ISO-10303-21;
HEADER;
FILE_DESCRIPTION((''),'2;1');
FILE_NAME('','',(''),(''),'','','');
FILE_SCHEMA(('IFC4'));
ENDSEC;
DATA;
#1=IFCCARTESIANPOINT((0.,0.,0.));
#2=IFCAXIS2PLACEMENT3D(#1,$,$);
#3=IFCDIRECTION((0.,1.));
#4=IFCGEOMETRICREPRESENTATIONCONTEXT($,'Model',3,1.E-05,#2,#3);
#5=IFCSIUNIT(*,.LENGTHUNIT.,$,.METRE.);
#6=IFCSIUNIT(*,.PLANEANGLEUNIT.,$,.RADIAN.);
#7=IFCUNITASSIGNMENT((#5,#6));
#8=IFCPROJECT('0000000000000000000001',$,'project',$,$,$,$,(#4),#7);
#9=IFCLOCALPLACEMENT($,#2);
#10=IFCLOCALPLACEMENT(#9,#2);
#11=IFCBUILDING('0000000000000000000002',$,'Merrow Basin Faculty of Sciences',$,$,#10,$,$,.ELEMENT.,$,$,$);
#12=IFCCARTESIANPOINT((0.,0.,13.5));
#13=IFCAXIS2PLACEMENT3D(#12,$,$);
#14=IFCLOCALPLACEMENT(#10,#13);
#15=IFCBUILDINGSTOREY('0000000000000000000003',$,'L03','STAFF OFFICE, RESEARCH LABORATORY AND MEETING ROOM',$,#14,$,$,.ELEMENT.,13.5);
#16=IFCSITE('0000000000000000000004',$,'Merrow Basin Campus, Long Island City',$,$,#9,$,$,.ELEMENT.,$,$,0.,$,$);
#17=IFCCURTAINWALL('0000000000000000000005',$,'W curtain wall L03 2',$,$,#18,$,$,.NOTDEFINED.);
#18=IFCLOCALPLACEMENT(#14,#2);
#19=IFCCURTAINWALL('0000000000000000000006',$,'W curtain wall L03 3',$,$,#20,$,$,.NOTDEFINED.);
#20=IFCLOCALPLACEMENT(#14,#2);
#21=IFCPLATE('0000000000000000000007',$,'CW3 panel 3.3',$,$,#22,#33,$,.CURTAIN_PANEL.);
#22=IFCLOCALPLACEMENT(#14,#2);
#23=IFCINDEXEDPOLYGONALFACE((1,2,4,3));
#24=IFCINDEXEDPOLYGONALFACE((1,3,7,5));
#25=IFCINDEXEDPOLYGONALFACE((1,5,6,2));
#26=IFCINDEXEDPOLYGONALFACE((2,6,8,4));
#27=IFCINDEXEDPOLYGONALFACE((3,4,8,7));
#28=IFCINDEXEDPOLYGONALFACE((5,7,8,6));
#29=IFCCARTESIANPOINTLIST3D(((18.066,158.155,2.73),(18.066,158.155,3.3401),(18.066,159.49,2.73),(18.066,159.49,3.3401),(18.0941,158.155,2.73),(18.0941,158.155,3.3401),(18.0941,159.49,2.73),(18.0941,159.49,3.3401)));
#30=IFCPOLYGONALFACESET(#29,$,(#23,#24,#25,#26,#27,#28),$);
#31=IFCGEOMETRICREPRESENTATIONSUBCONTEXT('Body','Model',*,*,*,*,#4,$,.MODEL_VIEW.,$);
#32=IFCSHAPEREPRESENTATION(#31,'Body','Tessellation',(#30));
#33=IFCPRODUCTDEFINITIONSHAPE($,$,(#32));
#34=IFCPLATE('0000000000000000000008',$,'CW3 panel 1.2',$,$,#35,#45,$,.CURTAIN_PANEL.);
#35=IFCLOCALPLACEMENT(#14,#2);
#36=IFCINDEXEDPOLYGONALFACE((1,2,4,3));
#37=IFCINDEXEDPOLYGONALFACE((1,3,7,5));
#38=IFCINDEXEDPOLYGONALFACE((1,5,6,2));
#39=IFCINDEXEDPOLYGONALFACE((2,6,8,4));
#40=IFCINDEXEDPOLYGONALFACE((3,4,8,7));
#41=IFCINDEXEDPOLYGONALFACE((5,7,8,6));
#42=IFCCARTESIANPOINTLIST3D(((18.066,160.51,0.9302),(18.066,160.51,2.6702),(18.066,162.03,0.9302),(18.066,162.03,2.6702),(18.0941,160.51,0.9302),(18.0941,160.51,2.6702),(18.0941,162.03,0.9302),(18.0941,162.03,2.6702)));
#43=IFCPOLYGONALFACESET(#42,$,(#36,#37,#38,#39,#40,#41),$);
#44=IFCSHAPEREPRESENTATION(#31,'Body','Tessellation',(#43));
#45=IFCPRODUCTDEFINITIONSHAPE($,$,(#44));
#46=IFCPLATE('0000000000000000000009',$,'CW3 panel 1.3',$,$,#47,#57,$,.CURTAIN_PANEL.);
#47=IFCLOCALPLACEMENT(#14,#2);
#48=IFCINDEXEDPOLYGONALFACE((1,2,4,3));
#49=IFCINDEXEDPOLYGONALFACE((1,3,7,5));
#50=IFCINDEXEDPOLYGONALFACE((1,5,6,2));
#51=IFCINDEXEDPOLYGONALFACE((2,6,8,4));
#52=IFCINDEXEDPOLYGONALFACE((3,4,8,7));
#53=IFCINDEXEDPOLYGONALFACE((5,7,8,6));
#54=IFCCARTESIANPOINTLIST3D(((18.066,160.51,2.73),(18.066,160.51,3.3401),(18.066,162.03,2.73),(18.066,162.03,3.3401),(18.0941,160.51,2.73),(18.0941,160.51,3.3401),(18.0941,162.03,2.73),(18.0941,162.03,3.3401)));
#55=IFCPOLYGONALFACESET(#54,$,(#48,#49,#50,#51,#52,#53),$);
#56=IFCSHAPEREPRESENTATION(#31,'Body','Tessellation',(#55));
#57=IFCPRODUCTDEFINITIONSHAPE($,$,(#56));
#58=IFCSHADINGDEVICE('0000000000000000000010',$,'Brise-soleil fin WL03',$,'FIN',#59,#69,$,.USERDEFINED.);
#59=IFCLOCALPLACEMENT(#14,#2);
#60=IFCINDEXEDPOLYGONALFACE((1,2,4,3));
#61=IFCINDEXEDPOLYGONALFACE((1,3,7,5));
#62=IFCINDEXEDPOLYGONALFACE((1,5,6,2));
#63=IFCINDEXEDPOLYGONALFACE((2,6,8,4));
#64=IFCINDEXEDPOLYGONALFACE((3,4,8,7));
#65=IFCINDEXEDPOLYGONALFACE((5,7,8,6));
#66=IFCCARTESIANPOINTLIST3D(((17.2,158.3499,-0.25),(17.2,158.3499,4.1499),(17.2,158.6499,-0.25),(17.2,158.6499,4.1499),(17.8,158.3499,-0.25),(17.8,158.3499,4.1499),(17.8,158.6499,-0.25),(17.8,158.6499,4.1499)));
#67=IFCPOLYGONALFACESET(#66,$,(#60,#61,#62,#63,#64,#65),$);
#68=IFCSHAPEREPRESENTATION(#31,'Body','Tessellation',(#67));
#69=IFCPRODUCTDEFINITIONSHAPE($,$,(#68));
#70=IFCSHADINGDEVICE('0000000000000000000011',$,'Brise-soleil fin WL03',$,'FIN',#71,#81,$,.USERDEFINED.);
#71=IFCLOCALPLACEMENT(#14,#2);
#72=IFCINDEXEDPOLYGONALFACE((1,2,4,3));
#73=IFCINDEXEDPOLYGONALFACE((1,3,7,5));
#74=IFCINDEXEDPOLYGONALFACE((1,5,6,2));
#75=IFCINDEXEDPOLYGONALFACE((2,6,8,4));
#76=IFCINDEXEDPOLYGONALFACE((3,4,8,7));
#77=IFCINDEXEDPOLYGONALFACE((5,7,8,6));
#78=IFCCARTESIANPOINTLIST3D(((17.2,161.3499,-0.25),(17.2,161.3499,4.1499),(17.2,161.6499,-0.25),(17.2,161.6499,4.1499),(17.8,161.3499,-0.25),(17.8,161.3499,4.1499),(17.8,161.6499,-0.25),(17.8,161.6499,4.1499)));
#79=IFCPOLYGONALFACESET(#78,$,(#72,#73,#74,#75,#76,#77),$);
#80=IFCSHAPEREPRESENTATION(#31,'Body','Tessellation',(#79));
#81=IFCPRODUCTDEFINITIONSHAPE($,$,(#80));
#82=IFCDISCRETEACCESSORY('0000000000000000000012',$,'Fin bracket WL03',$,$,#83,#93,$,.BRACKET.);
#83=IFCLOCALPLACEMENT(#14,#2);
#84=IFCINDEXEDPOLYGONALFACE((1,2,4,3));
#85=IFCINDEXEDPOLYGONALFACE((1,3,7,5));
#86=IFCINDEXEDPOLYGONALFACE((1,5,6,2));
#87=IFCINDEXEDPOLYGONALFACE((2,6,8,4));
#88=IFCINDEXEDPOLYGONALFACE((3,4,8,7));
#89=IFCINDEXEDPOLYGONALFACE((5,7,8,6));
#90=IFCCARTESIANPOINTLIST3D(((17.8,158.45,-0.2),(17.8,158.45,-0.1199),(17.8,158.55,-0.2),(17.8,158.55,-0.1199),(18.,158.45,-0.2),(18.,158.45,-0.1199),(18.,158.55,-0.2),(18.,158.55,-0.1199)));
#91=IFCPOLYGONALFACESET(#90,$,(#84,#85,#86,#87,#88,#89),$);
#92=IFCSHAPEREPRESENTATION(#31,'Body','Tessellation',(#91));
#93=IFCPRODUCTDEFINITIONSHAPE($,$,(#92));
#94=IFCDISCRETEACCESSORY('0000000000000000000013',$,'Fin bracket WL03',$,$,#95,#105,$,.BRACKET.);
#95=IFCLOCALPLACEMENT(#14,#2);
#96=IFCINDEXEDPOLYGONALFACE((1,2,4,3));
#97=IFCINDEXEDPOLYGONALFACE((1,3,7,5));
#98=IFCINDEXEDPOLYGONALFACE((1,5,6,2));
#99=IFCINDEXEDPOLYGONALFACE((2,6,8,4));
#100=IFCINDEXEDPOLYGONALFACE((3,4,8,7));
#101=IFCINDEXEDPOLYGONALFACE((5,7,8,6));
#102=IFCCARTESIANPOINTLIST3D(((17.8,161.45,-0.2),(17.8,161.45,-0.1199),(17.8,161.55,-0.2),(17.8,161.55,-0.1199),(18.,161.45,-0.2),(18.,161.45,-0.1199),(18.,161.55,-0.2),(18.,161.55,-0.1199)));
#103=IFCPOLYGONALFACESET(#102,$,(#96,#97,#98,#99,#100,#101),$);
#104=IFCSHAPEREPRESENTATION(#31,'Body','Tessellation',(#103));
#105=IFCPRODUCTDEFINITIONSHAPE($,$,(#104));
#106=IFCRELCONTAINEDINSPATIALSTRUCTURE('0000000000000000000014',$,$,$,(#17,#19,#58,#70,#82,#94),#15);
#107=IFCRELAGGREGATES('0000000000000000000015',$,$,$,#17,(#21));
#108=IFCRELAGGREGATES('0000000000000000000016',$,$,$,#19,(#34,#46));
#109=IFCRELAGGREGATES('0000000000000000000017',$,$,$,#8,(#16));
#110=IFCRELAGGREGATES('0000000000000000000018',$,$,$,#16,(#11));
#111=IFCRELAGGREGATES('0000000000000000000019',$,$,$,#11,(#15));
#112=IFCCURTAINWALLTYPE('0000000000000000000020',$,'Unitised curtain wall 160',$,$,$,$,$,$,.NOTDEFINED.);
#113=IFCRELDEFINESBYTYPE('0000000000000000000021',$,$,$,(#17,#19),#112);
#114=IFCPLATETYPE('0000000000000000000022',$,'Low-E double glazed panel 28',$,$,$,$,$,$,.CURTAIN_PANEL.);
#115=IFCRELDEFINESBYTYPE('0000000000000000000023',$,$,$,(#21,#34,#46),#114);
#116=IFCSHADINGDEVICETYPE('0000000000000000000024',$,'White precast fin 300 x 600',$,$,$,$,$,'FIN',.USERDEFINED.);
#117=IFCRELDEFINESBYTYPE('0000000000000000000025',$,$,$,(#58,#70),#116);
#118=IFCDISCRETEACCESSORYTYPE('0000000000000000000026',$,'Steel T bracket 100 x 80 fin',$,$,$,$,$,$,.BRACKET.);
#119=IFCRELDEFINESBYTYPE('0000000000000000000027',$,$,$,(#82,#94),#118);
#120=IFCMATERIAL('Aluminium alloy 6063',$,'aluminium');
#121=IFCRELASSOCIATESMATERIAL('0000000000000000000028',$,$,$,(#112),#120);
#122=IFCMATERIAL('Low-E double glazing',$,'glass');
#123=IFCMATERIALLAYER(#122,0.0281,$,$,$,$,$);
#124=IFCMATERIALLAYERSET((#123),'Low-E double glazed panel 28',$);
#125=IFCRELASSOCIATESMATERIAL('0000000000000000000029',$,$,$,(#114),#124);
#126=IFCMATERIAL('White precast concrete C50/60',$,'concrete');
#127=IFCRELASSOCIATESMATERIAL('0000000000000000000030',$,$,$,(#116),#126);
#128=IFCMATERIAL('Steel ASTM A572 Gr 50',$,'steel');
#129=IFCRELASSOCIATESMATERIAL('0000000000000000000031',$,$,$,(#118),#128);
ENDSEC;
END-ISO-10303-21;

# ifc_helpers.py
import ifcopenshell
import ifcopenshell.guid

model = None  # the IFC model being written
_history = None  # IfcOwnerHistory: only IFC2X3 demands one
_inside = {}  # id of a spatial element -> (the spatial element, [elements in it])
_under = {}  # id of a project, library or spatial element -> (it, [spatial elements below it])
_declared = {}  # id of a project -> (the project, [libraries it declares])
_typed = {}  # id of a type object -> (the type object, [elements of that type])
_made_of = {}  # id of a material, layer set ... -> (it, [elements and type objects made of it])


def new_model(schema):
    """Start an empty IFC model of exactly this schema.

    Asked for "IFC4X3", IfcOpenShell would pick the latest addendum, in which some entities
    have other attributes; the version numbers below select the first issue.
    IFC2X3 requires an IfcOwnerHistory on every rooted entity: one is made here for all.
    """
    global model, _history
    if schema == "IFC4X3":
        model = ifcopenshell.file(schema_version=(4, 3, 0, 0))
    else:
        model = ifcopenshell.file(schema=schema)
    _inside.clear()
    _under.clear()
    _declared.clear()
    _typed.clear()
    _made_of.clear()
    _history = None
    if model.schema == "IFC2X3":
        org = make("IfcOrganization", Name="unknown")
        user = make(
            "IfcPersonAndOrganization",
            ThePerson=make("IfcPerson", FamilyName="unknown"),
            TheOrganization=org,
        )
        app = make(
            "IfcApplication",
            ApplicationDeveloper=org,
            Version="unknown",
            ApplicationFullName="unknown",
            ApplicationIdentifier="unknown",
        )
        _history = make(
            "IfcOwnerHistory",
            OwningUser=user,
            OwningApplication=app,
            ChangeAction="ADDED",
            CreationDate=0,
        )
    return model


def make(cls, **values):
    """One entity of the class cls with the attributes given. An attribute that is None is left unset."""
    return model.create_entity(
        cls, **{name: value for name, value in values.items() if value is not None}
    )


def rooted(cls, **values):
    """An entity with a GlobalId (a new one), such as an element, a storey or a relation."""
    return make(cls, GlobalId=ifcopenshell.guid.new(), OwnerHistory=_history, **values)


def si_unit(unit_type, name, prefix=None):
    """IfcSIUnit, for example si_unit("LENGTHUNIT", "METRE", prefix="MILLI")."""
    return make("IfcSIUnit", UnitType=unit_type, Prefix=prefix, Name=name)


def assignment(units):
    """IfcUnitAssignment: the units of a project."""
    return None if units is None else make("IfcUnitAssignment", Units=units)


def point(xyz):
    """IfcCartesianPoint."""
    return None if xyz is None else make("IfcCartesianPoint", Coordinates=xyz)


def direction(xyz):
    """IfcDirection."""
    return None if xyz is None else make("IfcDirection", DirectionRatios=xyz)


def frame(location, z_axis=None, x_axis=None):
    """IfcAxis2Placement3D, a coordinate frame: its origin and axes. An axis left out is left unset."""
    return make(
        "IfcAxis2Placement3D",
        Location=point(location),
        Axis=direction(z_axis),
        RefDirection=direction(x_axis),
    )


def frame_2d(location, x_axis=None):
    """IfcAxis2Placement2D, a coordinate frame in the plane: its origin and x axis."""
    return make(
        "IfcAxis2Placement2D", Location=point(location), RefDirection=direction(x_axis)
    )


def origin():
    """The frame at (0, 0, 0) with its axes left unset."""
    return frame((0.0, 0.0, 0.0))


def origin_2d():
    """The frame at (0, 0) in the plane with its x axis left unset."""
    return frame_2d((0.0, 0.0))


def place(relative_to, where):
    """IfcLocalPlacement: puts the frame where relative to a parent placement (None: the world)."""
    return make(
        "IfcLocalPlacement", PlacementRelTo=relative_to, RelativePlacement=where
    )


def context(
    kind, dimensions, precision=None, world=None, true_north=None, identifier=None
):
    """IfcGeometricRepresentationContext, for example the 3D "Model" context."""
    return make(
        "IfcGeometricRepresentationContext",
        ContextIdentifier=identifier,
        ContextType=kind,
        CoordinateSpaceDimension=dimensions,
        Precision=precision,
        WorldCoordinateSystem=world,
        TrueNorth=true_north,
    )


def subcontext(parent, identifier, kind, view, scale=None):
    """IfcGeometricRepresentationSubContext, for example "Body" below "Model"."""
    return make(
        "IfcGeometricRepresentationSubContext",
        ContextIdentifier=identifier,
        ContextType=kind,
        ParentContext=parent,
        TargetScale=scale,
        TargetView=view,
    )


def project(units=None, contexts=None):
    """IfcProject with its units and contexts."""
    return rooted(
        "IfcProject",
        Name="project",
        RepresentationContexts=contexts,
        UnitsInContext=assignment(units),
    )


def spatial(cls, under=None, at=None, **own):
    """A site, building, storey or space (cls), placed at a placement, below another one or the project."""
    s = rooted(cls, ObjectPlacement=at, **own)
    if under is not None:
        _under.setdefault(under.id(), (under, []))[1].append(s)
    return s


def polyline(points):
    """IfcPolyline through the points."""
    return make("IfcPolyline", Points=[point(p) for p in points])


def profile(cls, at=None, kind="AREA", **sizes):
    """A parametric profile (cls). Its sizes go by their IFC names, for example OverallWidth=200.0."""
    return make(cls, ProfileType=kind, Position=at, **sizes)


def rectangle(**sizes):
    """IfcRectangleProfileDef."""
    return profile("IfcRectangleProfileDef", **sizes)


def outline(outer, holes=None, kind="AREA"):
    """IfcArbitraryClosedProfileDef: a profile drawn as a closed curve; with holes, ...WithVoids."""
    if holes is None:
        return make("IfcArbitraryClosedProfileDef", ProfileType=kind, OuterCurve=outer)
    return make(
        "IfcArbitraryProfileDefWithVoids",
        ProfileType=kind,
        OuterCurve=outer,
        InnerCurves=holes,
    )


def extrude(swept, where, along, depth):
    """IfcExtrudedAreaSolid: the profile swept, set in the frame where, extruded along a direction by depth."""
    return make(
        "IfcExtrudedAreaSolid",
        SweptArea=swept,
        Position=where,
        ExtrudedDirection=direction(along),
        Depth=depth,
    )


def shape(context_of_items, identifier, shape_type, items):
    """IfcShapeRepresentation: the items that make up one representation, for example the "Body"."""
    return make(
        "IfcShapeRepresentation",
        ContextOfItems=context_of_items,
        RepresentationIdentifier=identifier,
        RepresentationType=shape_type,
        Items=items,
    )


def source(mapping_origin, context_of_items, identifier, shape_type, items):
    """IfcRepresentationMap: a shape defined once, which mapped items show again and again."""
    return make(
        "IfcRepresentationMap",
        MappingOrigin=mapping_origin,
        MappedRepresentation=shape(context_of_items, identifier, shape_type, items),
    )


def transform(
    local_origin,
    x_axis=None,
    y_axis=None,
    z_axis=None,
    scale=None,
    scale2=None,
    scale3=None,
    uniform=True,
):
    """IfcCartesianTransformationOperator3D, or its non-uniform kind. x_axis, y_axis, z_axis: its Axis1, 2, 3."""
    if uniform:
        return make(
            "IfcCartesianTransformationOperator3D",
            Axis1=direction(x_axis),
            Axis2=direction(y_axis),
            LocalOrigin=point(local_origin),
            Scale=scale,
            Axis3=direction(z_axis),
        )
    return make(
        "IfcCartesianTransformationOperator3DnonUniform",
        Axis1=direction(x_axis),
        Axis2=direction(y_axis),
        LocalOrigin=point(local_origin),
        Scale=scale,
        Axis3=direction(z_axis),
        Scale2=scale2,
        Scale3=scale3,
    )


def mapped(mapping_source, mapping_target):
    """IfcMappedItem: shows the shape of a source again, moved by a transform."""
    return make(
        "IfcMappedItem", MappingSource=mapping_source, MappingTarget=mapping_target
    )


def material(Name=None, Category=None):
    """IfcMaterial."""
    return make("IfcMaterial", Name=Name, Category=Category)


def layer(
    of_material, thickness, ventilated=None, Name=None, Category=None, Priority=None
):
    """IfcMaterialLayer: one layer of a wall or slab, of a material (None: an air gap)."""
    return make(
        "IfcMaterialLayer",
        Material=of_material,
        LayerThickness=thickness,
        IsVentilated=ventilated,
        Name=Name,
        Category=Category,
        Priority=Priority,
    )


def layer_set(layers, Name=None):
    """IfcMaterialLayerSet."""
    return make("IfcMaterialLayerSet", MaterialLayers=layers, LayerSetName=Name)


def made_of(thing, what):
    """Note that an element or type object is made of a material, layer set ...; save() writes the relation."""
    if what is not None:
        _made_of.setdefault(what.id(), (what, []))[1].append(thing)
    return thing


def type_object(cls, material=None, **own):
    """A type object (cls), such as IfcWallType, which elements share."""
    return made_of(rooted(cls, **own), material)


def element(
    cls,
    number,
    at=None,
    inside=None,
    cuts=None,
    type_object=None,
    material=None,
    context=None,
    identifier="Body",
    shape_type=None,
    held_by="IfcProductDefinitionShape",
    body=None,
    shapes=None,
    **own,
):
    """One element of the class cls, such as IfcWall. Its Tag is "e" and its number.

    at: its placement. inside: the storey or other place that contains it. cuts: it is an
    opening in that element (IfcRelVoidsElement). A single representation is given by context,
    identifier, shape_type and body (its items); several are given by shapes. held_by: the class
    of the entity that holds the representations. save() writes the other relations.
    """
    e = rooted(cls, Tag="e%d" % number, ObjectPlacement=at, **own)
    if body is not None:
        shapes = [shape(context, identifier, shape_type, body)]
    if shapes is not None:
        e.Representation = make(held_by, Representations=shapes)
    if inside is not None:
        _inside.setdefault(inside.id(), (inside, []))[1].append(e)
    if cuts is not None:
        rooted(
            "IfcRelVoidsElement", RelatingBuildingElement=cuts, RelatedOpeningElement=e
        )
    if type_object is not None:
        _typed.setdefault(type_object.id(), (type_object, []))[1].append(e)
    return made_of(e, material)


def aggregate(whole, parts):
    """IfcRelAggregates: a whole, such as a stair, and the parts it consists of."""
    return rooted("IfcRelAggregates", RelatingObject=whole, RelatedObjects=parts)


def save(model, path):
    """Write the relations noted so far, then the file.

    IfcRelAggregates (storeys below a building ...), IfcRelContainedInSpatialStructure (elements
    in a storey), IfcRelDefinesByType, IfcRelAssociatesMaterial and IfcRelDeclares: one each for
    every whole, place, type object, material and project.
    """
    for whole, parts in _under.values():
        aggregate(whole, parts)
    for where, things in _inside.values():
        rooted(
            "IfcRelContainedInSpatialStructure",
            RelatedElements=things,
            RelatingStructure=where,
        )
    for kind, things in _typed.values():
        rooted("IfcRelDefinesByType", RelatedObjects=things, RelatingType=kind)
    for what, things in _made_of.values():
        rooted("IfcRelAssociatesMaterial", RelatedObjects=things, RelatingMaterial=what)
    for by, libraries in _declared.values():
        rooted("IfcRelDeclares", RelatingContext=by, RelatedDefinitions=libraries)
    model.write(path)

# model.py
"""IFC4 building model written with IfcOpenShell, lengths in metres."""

from ifc_helpers import new_model, si_unit, direction, frame, origin, origin_2d, place, context, subcontext, project, spatial, polyline, rectangle, outline, extrude, source, transform, mapped, material, layer, layer_set, type_object, element, aggregate, save


model = new_model("IFC4")

# Units and contexts
model_context = context("Model", 3, precision=1e-05, world=origin(), true_north=direction((0.0, 1.0)))
body_context = subcontext(model_context, "Body", "Model", "MODEL_VIEW")
ifc_project = project(units=[si_unit("LENGTHUNIT", "METRE"), si_unit("PLANEANGLEUNIT", "RADIAN")], contexts=[model_context])

# Site, building, storey
site_placement = place(None, origin())
site = spatial("IfcSite", under=ifc_project, at=site_placement, Name="Merrow Basin Campus, Long Island City", CompositionType="ELEMENT", RefElevation=0.0)
building_placement = place(site_placement, origin())
building = spatial("IfcBuilding", under=site, at=building_placement, Name="Merrow Basin Faculty of Sciences", CompositionType="ELEMENT")
storey_placement = place(building_placement, frame((0.0, 0.0, 13.5)))
storey = spatial("IfcBuildingStorey", under=building, at=storey_placement, Name="L03", Description="STAFF OFFICE, RESEARCH LABORATORY AND MEETING ROOM", CompositionType="ELEMENT", Elevation=13.5)

# Curtain wall
ifc_material_1 = material(Name="Aluminium alloy 6063", Category="aluminium")
curtain_wall_type = type_object("IfcCurtainWallType", Name="Unitised curtain wall 160", PredefinedType="NOTDEFINED", material=ifc_material_1)
curtain_wall_1_placement = place(storey_placement, origin())
curtain_wall_1 = element("IfcCurtainWall", 1, at=curtain_wall_1_placement, inside=storey, type_object=curtain_wall_type, Name="W curtain wall L03 2", PredefinedType="NOTDEFINED")

# Curtain wall
curtain_wall_2_placement = place(storey_placement, origin())
curtain_wall_2 = element("IfcCurtainWall", 2, at=curtain_wall_2_placement, inside=storey, type_object=curtain_wall_type, Name="W curtain wall L03 3", PredefinedType="NOTDEFINED")

# Plates
ifc_material_2 = material(Name="Low-E double glazing", Category="glass")
ifc_layer_1 = layer(ifc_material_2, 0.0281)
ifc_layer_set_1 = layer_set([ifc_layer_1], Name="Low-E double glazed panel 28")
plate_type_1 = type_object("IfcPlateType", Name="Low-E double glazed panel 28", PredefinedType="CURTAIN_PANEL", material=ifc_layer_set_1)
plate_1_placement = place(storey_placement, frame((18.0801, 158.8225, 2.73), z_axis=(0.0, 0.0, 1.0), x_axis=(0.0, 1.0, 0.0)))
plate_1 = element("IfcPlate", 3, at=plate_1_placement, type_object=plate_type_1, Name="CW3 panel 3.3", PredefinedType="CURTAIN_PANEL", context=body_context, shape_type="SweptSolid", body=[
    extrude(rectangle(XDim=1.335, YDim=0.0281, at=origin_2d()), origin(), (0.0, 0.0, 1.0), 0.6101),
])
aggregate(curtain_wall_1, [plate_1])
plate_2_placement = place(storey_placement, frame((18.0801, 161.27, 0.9302), z_axis=(0.0, 0.0, 1.0), x_axis=(0.0, 1.0, 0.0)))
plate_2 = element("IfcPlate", 4, at=plate_2_placement, type_object=plate_type_1, Name="CW3 panel 1.2", PredefinedType="CURTAIN_PANEL", context=body_context, shape_type="SweptSolid", body=[
    extrude(rectangle(XDim=1.52, YDim=0.0281, at=origin_2d()), origin(), (0.0, 0.0, 1.0), 1.74),
])
plate_3_placement = place(storey_placement, frame((18.0801, 161.27, 2.73), z_axis=(0.0, 0.0, 1.0), x_axis=(0.0, 1.0, 0.0)))
plate_3 = element("IfcPlate", 5, at=plate_3_placement, type_object=plate_type_1, Name="CW3 panel 1.3", PredefinedType="CURTAIN_PANEL", context=body_context, shape_type="SweptSolid", body=[
    extrude(rectangle(XDim=1.52, YDim=0.0281, at=origin_2d()), origin(), (0.0, 0.0, 1.0), 0.6101),
])
aggregate(curtain_wall_2, [plate_2, plate_3])

# Shading devices
ifc_material_3 = material(Name="White precast concrete C50/60", Category="concrete")
shading_device_type = type_object("IfcShadingDeviceType", Name="White precast fin 300 x 600", ElementType="FIN", PredefinedType="USERDEFINED", material=ifc_material_3)
shared_shape_1 = source(origin(), body_context, "Body", "SweptSolid", [
    extrude(outline(polyline([(0.0, 0.0), (0.3, 0.0), (0.3, 4.3999), (0.0, 4.3999), (0.0, 0.0)])), origin(), (0.0, 0.0, 1.0), 0.6001),
])
for number, where, z_axis, x_axis, name in (
    (6, (17.8, 158.6499, -0.25), (-1.0, 0.0, 0.0), (0.0, -1.0, 0.0), "Brise-soleil fin WL03"),
    (7, (17.8, 161.6499, -0.25), (-1.0, 0.0, 0.0), (0.0, -1.0, 0.0), "Brise-soleil fin WL03"),
):
    element("IfcShadingDevice", number, at=place(storey_placement, frame(where, z_axis=z_axis, x_axis=x_axis)), inside=storey, type_object=shading_device_type, Name=name, ObjectType="FIN", PredefinedType="USERDEFINED", context=body_context, shape_type="MappedRepresentation", body=[
        mapped(shared_shape_1, transform((0.0, 0.0, 0.0), scale=1.0)),
    ])

# Discrete accessories
ifc_material_4 = material(Name="Steel ASTM A572 Gr 50", Category="steel")
discrete_accessory_type = type_object("IfcDiscreteAccessoryType", Name="Steel T bracket 100 x 80 fin", PredefinedType="BRACKET", material=ifc_material_4)
shared_shape_2 = source(origin(), body_context, "Body", "SweptSolid", [
    extrude(outline(polyline([(0.0, 0.0), (0.1001, 0.0), (0.1001, 0.0801), (0.0, 0.0801), (0.0, 0.0)])), origin(), (0.0, 0.0, 1.0), 0.2),
])
for number, where, z_axis, x_axis, name in (
    (8, (18.0, 158.55, -0.2), (-1.0, 0.0, 0.0), (0.0, -1.0, 0.0), "Fin bracket WL03"),
    (9, (18.0, 161.55, -0.2), (-1.0, 0.0, 0.0), (0.0, -1.0, 0.0), "Fin bracket WL03"),
):
    element("IfcDiscreteAccessory", number, at=place(storey_placement, frame(where, z_axis=z_axis, x_axis=x_axis)), inside=storey, type_object=discrete_accessory_type, Name=name, PredefinedType="BRACKET", context=body_context, shape_type="MappedRepresentation", body=[
        mapped(shared_shape_2, transform((0.0, 0.0, 0.0), scale=1.0)),
    ])

save(model, "model.ifc")
